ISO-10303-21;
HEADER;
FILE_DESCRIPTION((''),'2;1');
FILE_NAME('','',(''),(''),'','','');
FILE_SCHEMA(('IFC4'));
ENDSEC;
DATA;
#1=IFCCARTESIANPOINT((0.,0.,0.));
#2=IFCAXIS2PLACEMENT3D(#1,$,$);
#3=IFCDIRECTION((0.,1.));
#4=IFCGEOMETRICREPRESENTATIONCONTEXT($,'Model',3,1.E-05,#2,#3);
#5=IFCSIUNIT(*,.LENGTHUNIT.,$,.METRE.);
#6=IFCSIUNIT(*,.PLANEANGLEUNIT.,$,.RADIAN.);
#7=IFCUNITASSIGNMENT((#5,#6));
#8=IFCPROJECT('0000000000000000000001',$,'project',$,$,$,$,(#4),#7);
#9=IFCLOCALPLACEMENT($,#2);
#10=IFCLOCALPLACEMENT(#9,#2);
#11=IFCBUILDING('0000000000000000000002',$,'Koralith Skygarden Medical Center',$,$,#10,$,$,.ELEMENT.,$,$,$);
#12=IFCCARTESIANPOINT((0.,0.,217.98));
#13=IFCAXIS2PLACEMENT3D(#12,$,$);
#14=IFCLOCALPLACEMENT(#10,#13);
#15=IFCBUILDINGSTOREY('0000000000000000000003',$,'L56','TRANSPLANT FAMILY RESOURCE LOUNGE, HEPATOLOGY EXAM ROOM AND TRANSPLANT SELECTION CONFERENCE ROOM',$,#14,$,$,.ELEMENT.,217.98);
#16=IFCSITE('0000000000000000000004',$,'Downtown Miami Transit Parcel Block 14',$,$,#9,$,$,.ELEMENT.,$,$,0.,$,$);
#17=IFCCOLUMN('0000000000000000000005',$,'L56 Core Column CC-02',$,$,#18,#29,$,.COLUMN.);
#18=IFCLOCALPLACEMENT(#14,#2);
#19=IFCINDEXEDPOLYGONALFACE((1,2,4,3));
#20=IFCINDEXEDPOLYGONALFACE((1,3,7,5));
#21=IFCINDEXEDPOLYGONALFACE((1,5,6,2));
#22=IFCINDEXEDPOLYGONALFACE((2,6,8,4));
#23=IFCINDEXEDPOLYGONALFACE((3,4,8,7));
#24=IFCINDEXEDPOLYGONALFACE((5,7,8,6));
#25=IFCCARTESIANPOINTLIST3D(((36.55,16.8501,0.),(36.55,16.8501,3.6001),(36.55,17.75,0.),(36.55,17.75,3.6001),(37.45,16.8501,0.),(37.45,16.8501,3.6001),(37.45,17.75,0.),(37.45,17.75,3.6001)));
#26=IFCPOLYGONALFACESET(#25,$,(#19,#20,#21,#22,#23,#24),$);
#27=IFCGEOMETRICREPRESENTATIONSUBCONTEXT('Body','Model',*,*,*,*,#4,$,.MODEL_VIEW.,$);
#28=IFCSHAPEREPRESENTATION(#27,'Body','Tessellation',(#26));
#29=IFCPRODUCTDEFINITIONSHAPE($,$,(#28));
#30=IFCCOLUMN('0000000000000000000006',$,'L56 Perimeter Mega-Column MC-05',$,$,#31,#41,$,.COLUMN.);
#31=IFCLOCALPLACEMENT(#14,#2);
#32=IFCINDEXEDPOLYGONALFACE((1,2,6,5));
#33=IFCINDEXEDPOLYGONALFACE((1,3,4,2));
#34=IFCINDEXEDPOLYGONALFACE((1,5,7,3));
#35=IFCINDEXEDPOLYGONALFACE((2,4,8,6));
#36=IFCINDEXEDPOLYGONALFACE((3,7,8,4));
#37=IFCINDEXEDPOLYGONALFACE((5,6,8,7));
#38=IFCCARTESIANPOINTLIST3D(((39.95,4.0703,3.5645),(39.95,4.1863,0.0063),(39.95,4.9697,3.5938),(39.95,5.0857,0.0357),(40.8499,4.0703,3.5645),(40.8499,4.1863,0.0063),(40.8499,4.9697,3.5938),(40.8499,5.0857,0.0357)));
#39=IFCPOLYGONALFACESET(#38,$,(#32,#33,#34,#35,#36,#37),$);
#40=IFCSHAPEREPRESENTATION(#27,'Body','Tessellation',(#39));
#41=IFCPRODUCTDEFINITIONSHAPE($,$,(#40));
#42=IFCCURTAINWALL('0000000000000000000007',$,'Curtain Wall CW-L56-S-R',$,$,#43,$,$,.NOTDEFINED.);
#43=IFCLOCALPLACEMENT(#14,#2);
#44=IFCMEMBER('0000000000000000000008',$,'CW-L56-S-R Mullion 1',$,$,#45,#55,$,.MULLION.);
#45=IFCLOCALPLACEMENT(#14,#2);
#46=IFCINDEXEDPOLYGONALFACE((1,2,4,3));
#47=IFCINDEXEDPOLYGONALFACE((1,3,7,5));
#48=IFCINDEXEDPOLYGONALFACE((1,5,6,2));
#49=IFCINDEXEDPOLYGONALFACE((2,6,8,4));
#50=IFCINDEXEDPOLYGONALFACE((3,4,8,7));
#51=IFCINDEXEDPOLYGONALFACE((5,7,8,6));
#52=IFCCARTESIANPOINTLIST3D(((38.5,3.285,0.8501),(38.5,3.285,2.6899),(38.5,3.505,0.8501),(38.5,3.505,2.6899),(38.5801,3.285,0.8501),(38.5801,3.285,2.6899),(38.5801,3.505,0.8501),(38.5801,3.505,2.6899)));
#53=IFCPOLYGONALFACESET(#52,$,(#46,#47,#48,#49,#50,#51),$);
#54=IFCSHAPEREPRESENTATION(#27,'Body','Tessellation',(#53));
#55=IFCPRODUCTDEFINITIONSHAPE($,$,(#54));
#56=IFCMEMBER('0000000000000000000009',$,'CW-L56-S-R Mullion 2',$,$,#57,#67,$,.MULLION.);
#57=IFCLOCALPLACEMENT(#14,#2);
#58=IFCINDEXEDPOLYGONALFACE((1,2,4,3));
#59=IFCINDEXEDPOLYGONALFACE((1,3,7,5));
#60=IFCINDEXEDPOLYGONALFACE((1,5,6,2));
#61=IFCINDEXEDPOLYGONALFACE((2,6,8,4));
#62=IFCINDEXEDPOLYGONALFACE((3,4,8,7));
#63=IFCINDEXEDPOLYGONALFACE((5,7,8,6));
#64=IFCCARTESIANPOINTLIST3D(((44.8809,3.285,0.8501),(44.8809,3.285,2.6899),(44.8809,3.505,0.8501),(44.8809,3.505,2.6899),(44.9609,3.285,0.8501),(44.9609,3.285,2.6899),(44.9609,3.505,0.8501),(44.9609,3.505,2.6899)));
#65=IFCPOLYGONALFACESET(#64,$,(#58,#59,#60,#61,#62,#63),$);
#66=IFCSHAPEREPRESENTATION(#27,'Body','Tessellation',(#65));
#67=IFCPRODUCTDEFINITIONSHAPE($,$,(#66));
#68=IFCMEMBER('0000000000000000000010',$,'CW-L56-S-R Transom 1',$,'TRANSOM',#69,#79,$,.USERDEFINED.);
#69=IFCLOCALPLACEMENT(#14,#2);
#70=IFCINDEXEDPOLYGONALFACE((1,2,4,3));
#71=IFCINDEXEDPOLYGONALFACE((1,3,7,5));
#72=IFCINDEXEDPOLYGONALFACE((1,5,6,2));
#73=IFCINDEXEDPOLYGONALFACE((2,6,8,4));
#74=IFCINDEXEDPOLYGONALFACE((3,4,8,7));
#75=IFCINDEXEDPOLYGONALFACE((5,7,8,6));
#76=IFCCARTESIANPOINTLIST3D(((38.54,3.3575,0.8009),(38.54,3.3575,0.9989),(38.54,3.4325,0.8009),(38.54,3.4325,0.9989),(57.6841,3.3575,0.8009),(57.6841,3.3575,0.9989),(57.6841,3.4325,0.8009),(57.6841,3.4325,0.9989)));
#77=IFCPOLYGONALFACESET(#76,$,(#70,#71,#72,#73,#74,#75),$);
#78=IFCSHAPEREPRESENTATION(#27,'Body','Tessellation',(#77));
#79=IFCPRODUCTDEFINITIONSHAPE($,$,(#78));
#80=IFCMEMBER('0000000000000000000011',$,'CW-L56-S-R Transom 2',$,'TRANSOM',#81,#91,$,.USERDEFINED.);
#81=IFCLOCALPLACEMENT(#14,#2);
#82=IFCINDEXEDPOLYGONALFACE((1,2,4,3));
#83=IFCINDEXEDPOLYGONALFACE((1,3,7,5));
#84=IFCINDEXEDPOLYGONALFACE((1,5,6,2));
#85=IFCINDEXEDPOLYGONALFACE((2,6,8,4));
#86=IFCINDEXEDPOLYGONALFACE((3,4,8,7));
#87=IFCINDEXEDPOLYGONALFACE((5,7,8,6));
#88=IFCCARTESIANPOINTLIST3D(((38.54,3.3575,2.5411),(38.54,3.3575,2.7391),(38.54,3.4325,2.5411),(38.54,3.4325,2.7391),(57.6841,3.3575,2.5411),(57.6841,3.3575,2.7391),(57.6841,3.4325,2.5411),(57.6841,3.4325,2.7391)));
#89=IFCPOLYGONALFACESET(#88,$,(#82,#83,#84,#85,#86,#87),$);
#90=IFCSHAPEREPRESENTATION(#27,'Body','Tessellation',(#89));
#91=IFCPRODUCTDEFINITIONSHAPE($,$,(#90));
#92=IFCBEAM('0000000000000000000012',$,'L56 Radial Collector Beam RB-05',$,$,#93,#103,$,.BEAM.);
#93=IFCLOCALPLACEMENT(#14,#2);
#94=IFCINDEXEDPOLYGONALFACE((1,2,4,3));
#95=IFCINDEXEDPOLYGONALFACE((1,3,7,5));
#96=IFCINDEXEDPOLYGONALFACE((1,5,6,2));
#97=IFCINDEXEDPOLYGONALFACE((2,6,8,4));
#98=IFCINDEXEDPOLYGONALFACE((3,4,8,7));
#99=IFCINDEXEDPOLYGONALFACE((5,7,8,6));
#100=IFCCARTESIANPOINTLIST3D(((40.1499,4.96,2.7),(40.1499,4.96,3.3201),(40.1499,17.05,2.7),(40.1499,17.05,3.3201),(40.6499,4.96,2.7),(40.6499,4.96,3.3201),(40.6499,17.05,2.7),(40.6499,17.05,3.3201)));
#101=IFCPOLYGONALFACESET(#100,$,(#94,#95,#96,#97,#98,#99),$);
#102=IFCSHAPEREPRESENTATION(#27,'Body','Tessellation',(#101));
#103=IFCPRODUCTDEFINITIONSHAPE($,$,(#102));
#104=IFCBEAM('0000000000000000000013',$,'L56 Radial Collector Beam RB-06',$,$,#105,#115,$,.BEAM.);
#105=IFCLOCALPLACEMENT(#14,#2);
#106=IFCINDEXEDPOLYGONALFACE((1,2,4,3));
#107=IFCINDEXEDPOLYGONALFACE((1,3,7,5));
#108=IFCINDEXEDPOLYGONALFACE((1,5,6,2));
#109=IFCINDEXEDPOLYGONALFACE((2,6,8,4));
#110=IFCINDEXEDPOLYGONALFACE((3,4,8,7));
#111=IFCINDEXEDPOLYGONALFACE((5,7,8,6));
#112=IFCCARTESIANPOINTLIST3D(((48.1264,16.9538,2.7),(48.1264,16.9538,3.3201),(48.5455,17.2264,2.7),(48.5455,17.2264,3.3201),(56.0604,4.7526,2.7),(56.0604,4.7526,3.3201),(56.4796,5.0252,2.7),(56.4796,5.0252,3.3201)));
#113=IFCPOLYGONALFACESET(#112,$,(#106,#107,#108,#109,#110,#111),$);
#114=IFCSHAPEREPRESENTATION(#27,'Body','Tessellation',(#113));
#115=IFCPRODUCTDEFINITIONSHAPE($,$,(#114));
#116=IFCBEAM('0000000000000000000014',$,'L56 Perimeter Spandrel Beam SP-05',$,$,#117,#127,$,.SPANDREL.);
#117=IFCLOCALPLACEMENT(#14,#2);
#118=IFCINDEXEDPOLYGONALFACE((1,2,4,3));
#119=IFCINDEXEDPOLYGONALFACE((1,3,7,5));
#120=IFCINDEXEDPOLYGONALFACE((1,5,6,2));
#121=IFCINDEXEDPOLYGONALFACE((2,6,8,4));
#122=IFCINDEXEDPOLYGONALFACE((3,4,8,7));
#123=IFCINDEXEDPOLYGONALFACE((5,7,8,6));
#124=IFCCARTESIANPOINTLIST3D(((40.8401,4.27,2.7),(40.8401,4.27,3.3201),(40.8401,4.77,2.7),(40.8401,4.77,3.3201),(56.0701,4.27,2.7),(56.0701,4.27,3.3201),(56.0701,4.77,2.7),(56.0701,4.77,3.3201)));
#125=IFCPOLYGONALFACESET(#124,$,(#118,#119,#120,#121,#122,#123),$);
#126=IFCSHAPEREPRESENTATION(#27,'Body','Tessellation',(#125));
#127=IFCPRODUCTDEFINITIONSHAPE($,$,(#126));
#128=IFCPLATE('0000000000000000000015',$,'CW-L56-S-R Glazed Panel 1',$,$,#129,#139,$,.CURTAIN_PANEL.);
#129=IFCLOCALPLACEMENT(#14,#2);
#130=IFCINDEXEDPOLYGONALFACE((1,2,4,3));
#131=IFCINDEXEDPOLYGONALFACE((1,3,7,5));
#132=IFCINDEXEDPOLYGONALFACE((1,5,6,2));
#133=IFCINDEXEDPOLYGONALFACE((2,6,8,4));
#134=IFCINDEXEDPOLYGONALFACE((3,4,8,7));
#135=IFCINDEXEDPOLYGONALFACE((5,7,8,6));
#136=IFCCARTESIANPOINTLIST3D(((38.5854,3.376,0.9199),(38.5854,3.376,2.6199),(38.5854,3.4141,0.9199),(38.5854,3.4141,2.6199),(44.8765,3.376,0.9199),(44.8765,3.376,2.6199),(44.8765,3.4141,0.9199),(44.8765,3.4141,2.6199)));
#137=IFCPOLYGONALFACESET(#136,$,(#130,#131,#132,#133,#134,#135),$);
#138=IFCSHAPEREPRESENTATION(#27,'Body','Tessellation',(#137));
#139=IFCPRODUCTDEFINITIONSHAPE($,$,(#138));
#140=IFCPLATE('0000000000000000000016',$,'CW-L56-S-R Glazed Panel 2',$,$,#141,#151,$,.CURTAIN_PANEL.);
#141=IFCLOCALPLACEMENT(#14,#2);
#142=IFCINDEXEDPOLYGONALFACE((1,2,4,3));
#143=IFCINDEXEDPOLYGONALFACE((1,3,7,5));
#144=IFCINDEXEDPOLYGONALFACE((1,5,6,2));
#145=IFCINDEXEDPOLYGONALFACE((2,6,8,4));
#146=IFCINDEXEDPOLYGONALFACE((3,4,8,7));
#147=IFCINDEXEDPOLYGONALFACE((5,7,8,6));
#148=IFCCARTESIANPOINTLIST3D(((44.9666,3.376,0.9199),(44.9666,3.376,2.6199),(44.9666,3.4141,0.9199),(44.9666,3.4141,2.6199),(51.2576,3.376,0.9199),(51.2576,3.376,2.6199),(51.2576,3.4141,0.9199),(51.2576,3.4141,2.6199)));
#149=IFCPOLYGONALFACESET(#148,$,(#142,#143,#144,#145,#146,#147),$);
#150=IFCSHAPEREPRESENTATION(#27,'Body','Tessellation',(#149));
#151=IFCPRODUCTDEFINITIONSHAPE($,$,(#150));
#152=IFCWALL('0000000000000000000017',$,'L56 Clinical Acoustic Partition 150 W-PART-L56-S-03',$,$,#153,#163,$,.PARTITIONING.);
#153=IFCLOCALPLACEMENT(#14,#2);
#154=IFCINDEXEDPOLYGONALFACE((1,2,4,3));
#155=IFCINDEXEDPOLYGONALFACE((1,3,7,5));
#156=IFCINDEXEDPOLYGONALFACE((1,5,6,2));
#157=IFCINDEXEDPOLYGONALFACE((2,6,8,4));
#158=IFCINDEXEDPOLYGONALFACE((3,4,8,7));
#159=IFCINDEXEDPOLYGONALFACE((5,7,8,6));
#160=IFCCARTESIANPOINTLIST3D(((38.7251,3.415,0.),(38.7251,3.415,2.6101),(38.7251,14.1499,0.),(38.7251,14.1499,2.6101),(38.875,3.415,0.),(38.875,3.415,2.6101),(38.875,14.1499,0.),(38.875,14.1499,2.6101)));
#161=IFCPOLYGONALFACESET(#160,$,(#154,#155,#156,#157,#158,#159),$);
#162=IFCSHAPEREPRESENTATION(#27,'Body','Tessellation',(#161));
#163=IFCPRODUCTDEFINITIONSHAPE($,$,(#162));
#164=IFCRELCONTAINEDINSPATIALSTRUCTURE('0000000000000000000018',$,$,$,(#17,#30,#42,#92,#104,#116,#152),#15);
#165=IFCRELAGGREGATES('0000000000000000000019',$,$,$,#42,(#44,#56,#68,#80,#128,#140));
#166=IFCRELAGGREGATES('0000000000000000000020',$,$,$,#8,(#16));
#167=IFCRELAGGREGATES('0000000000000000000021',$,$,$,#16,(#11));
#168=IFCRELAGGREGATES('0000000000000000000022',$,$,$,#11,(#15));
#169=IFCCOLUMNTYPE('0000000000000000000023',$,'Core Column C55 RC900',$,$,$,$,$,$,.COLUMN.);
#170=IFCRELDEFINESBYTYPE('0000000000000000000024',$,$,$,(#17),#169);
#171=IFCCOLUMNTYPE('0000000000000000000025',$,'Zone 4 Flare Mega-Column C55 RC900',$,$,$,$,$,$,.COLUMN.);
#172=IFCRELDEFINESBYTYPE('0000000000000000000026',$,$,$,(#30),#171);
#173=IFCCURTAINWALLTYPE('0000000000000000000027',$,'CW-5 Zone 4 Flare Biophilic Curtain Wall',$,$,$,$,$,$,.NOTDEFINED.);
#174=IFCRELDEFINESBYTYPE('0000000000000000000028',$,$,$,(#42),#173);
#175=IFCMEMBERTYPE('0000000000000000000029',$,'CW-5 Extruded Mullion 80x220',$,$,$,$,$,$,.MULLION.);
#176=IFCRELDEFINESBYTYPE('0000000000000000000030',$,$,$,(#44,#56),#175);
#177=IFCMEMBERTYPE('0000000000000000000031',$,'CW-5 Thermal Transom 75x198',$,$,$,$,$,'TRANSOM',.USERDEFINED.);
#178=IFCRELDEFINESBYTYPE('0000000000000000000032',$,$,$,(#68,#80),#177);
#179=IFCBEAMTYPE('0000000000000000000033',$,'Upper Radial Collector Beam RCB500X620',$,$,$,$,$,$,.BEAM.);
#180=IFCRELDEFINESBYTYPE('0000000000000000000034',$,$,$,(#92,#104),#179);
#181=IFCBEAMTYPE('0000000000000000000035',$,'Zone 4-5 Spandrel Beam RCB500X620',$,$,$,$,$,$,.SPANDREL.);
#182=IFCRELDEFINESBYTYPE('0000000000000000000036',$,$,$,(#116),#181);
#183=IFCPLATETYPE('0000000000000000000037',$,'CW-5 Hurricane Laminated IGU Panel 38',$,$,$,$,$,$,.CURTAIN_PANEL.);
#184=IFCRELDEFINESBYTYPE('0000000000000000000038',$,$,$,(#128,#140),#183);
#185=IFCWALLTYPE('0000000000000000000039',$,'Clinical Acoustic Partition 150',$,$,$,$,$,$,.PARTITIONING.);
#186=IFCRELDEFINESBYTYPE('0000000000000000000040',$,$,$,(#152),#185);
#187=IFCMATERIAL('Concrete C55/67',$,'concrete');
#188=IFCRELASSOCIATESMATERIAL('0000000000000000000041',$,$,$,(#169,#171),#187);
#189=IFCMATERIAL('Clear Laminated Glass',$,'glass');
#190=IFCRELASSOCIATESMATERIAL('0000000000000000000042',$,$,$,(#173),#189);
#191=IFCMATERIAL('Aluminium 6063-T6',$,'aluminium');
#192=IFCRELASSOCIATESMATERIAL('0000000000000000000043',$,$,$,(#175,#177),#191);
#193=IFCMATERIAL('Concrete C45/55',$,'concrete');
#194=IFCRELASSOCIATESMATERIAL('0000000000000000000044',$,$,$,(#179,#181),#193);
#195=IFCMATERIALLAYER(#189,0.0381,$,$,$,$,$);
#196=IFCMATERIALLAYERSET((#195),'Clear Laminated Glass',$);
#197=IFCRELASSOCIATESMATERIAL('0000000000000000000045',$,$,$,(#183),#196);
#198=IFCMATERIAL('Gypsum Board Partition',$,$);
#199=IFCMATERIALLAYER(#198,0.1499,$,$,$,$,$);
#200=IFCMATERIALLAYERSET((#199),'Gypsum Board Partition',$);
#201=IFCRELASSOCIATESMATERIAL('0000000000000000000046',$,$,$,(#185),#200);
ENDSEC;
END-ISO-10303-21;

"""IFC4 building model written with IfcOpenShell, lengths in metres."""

from ifc_helpers import new_model, si_unit, direction, frame, frame_2d, origin, origin_2d, place, context, subcontext, project, spatial, rectangle, extrude, material, layer, layer_set, material_profile, profile_set, type_object, element, aggregate, save


model = new_model("IFC4")

# Units and contexts
model_context = context("Model", 3, precision=1e-05, world=origin(), true_north=direction((0.0, 1.0)))
body_context = subcontext(model_context, "Body", "Model", "MODEL_VIEW")
ifc_project = project(units=[si_unit("LENGTHUNIT", "METRE"), si_unit("PLANEANGLEUNIT", "RADIAN")], contexts=[model_context])

# Site, building, storey
site_placement = place(None, origin())
site = spatial("IfcSite", under=ifc_project, at=site_placement, Name="Downtown Miami Transit Parcel Block 14", CompositionType="ELEMENT", RefElevation=0.0)
building_placement = place(site_placement, origin())
building = spatial("IfcBuilding", under=site, at=building_placement, Name="Koralith Skygarden Medical Center", CompositionType="ELEMENT")
storey_placement = place(building_placement, frame((0.0, 0.0, 217.98)))
storey = spatial("IfcBuildingStorey", under=building, at=storey_placement, Name="L56", Description="TRANSPLANT FAMILY RESOURCE LOUNGE, HEPATOLOGY EXAM ROOM AND TRANSPLANT SELECTION CONFERENCE ROOM", CompositionType="ELEMENT", Elevation=217.98)

# Columns
ifc_material_1 = material(Name="Concrete C55/67", Category="concrete")
ifc_material_profile_1 = material_profile(ifc_material_1, rectangle(XDim=0.8999, YDim=0.8999, at=origin_2d()), Name="RC900X900")
ifc_profile_set_1 = profile_set([ifc_material_profile_1], Name="Concrete C55/67")
column_type_1 = type_object("IfcColumnType", Name="Core Column C55 RC900", PredefinedType="COLUMN", material=ifc_profile_set_1)
column_1_placement = place(storey_placement, frame((37.0, 17.3, 0.0), z_axis=(0.0, 0.0, 1.0), x_axis=(1.0, 0.0, 0.0)))
element("IfcColumn", 1, at=column_1_placement, inside=storey, type_object=column_type_1, Name="L56 Core Column CC-02", PredefinedType="COLUMN", context=body_context, shape_type="SweptSolid", body=[
    extrude(rectangle(XDim=0.8999, YDim=0.8999, at=origin_2d()), origin(), (0.0, 0.0, 1.0), 3.6001),
])
ifc_material_profile_2 = material_profile(ifc_material_1, rectangle(XDim=0.8999, YDim=0.8999, at=origin_2d()), Name="RC900X900")
ifc_profile_set_2 = profile_set([ifc_material_profile_2], Name="Concrete C55/67")
column_type_2 = type_object("IfcColumnType", Name="Zone 4 Flare Mega-Column C55 RC900", PredefinedType="COLUMN", material=ifc_profile_set_2)
column_2_placement = place(storey_placement, frame((40.3999, 4.636, 0.021), z_axis=(0.0, -0.032575, 0.999469), x_axis=(1.0, 0.0, 0.0)))
element("IfcColumn", 2, at=column_2_placement, inside=storey, type_object=column_type_2, Name="L56 Perimeter Mega-Column MC-05", PredefinedType="COLUMN", context=body_context, shape_type="SweptSolid", body=[
    extrude(rectangle(XDim=0.8999, YDim=0.8999, at=origin_2d()), origin(), (0.0, 0.0, 1.0), 3.5601),
])

# Curtain wall, members
ifc_material_2 = material(Name="Clear Laminated Glass", Category="glass")
curtain_wall_type = type_object("IfcCurtainWallType", Name="CW-5 Zone 4 Flare Biophilic Curtain Wall", PredefinedType="NOTDEFINED", material=ifc_material_2)
curtain_wall_placement = place(storey_placement, origin())
curtain_wall = element("IfcCurtainWall", 3, at=curtain_wall_placement, inside=storey, type_object=curtain_wall_type, Name="Curtain Wall CW-L56-S-R", PredefinedType="NOTDEFINED")
ifc_material_3 = material(Name="Aluminium 6063-T6", Category="aluminium")
ifc_material_profile_3 = material_profile(ifc_material_3, rectangle(XDim=0.0801, YDim=0.22, at=origin_2d()), Name="MUL80X220")
ifc_profile_set_3 = profile_set([ifc_material_profile_3], Name="Aluminium 6063-T6")
member_type_1 = type_object("IfcMemberType", Name="CW-5 Extruded Mullion 80x220", PredefinedType="MULLION", material=ifc_profile_set_3)
member_1_placement = place(storey_placement, frame((38.54, 3.395, 0.8501), z_axis=(0.0, 0.0, 1.0), x_axis=(1.0, 0.0, 0.0)))
member_1 = element("IfcMember", 4, at=member_1_placement, type_object=member_type_1, Name="CW-L56-S-R Mullion 1", PredefinedType="MULLION", context=body_context, shape_type="SweptSolid", body=[
    extrude(rectangle(XDim=0.0801, YDim=0.22, at=origin_2d()), origin(), (0.0, 0.0, 1.0), 1.8398),
])
member_2_placement = place(storey_placement, frame((44.9209, 3.395, 0.8501), z_axis=(0.0, 0.0, 1.0), x_axis=(1.0, 0.0, 0.0)))
member_2 = element("IfcMember", 5, at=member_2_placement, type_object=member_type_1, Name="CW-L56-S-R Mullion 2", PredefinedType="MULLION", context=body_context, shape_type="SweptSolid", body=[
    extrude(rectangle(XDim=0.0801, YDim=0.22, at=origin_2d()), origin(), (0.0, 0.0, 1.0), 1.8398),
])
ifc_material_profile_4 = material_profile(ifc_material_3, rectangle(XDim=0.075, YDim=0.198, at=origin_2d()), Name="TRN75X198")
ifc_profile_set_4 = profile_set([ifc_material_profile_4], Name="Aluminium 6063-T6")
member_type_2 = type_object("IfcMemberType", Name="CW-5 Thermal Transom 75x198", ElementType="TRANSOM", PredefinedType="USERDEFINED", material=ifc_profile_set_4)
member_3_placement = place(storey_placement, frame((38.54, 3.395, 0.8999), z_axis=(1.0, 0.0, 0.0), x_axis=(0.0, 1.0, 0.0)))
member_3 = element("IfcMember", 6, at=member_3_placement, type_object=member_type_2, Name="CW-L56-S-R Transom 1", ObjectType="TRANSOM", PredefinedType="USERDEFINED", context=body_context, shape_type="SweptSolid", body=[
    extrude(rectangle(XDim=0.075, YDim=0.198, at=origin_2d()), origin(), (0.0, 0.0, 1.0), 19.144),
])
member_4_placement = place(storey_placement, frame((38.54, 3.395, 2.6401), z_axis=(1.0, 0.0, 0.0), x_axis=(0.0, 1.0, 0.0)))
member_4 = element("IfcMember", 7, at=member_4_placement, type_object=member_type_2, Name="CW-L56-S-R Transom 2", ObjectType="TRANSOM", PredefinedType="USERDEFINED", context=body_context, shape_type="SweptSolid", body=[
    extrude(rectangle(XDim=0.075, YDim=0.198, at=origin_2d()), origin(), (0.0, 0.0, 1.0), 19.144),
])

# Beams
ifc_material_4 = material(Name="Concrete C45/55", Category="concrete")
ifc_material_profile_5 = material_profile(ifc_material_4, rectangle(XDim=0.5, YDim=0.6201, at=origin_2d()), Name="RCB500X620")
ifc_profile_set_5 = profile_set([ifc_material_profile_5], Name="Concrete C45/55")
beam_type_1 = type_object("IfcBeamType", Name="Upper Radial Collector Beam RCB500X620", PredefinedType="BEAM", material=ifc_profile_set_5)
beam_1_placement = place(storey_placement, frame((40.3999, 17.05, 3.01), z_axis=(0.0, -1.0, 0.0), x_axis=(1.0, 0.0, 0.0)))
element("IfcBeam", 8, at=beam_1_placement, inside=storey, type_object=beam_type_1, Name="L56 Radial Collector Beam RB-05", PredefinedType="BEAM", context=body_context, shape_type="SweptSolid", body=[
    extrude(rectangle(XDim=0.5, YDim=0.6201, at=origin_2d()), origin(), (0.0, 0.0, 1.0), 12.0901),
])
beam_2_placement = place(storey_placement, frame((48.3359, 17.0901, 3.01), z_axis=(0.545149, -0.838339, 0.0), x_axis=(0.838339, 0.545149, 0.0)))
element("IfcBeam", 9, at=beam_2_placement, inside=storey, type_object=beam_type_1, Name="L56 Radial Collector Beam RB-06", PredefinedType="BEAM", context=body_context, shape_type="SweptSolid", body=[
    extrude(rectangle(XDim=0.5, YDim=0.6201, at=origin_2d()), origin(), (0.0, 0.0, 1.0), 14.554),
])
ifc_material_profile_6 = material_profile(ifc_material_4, rectangle(XDim=0.5, YDim=0.6201, at=origin_2d()), Name="RCB500X620")
ifc_profile_set_6 = profile_set([ifc_material_profile_6], Name="Concrete C45/55")
beam_type_2 = type_object("IfcBeamType", Name="Zone 4-5 Spandrel Beam RCB500X620", PredefinedType="SPANDREL", material=ifc_profile_set_6)
beam_3_placement = place(storey_placement, frame((40.8401, 4.52, 3.01), z_axis=(1.0, 0.0, 0.0), x_axis=(0.0, 1.0, 0.0)))
element("IfcBeam", 10, at=beam_3_placement, inside=storey, type_object=beam_type_2, Name="L56 Perimeter Spandrel Beam SP-05", PredefinedType="SPANDREL", context=body_context, shape_type="SweptSolid", body=[
    extrude(rectangle(XDim=0.5, YDim=0.6201, at=origin_2d()), origin(), (0.0, 0.0, 1.0), 15.23),
])

# Plates
ifc_layer_1 = layer(ifc_material_2, 0.0381)
ifc_layer_set_1 = layer_set([ifc_layer_1], Name="Clear Laminated Glass")
plate_type = type_object("IfcPlateType", Name="CW-5 Hurricane Laminated IGU Panel 38", PredefinedType="CURTAIN_PANEL", material=ifc_layer_set_1)
plate_1_placement = place(storey_placement, frame((41.731, 3.395, 0.9199), z_axis=(0.0, 0.0, 1.0), x_axis=(1.0, 0.0, 0.0)))
plate_1 = element("IfcPlate", 11, at=plate_1_placement, type_object=plate_type, Name="CW-L56-S-R Glazed Panel 1", PredefinedType="CURTAIN_PANEL", context=body_context, shape_type="SweptSolid", body=[
    extrude(rectangle(XDim=6.291, YDim=0.0381, at=origin_2d()), origin(), (0.0, 0.0, 1.0), 1.7),
])
plate_2_placement = place(storey_placement, frame((48.1121, 3.395, 0.9199), z_axis=(0.0, 0.0, 1.0), x_axis=(1.0, 0.0, 0.0)))
plate_2 = element("IfcPlate", 12, at=plate_2_placement, type_object=plate_type, Name="CW-L56-S-R Glazed Panel 2", PredefinedType="CURTAIN_PANEL", context=body_context, shape_type="SweptSolid", body=[
    extrude(rectangle(XDim=6.291, YDim=0.0381, at=origin_2d()), origin(), (0.0, 0.0, 1.0), 1.7),
])
aggregate(curtain_wall, [member_1, member_2, member_3, member_4, plate_1, plate_2])

# Wall
ifc_material_5 = material(Name="Gypsum Board Partition")
ifc_layer_2 = layer(ifc_material_5, 0.1499)
ifc_layer_set_2 = layer_set([ifc_layer_2], Name="Gypsum Board Partition")
wall_type_1 = type_object("IfcWallType", Name="Clinical Acoustic Partition 150", PredefinedType="PARTITIONING", material=ifc_layer_set_2)
wall_1_placement = place(storey_placement, frame((38.8, 14.1499, 0.0), z_axis=(0.0, 0.0, 1.0), x_axis=(0.0, -1.0, 0.0)))
element("IfcWall", 13, at=wall_1_placement, inside=storey, type_object=wall_type_1, Name="L56 Clinical Acoustic Partition 150 W-PART-L56-S-03", PredefinedType="PARTITIONING", context=body_context, shape_type="SweptSolid", body=[
    extrude(rectangle(XDim=10.7349, YDim=0.1499, at=frame_2d((5.3674, 0.0))), origin(), (0.0, 0.0, 1.0), 2.6101),
])

save(model, "model.ifc")
